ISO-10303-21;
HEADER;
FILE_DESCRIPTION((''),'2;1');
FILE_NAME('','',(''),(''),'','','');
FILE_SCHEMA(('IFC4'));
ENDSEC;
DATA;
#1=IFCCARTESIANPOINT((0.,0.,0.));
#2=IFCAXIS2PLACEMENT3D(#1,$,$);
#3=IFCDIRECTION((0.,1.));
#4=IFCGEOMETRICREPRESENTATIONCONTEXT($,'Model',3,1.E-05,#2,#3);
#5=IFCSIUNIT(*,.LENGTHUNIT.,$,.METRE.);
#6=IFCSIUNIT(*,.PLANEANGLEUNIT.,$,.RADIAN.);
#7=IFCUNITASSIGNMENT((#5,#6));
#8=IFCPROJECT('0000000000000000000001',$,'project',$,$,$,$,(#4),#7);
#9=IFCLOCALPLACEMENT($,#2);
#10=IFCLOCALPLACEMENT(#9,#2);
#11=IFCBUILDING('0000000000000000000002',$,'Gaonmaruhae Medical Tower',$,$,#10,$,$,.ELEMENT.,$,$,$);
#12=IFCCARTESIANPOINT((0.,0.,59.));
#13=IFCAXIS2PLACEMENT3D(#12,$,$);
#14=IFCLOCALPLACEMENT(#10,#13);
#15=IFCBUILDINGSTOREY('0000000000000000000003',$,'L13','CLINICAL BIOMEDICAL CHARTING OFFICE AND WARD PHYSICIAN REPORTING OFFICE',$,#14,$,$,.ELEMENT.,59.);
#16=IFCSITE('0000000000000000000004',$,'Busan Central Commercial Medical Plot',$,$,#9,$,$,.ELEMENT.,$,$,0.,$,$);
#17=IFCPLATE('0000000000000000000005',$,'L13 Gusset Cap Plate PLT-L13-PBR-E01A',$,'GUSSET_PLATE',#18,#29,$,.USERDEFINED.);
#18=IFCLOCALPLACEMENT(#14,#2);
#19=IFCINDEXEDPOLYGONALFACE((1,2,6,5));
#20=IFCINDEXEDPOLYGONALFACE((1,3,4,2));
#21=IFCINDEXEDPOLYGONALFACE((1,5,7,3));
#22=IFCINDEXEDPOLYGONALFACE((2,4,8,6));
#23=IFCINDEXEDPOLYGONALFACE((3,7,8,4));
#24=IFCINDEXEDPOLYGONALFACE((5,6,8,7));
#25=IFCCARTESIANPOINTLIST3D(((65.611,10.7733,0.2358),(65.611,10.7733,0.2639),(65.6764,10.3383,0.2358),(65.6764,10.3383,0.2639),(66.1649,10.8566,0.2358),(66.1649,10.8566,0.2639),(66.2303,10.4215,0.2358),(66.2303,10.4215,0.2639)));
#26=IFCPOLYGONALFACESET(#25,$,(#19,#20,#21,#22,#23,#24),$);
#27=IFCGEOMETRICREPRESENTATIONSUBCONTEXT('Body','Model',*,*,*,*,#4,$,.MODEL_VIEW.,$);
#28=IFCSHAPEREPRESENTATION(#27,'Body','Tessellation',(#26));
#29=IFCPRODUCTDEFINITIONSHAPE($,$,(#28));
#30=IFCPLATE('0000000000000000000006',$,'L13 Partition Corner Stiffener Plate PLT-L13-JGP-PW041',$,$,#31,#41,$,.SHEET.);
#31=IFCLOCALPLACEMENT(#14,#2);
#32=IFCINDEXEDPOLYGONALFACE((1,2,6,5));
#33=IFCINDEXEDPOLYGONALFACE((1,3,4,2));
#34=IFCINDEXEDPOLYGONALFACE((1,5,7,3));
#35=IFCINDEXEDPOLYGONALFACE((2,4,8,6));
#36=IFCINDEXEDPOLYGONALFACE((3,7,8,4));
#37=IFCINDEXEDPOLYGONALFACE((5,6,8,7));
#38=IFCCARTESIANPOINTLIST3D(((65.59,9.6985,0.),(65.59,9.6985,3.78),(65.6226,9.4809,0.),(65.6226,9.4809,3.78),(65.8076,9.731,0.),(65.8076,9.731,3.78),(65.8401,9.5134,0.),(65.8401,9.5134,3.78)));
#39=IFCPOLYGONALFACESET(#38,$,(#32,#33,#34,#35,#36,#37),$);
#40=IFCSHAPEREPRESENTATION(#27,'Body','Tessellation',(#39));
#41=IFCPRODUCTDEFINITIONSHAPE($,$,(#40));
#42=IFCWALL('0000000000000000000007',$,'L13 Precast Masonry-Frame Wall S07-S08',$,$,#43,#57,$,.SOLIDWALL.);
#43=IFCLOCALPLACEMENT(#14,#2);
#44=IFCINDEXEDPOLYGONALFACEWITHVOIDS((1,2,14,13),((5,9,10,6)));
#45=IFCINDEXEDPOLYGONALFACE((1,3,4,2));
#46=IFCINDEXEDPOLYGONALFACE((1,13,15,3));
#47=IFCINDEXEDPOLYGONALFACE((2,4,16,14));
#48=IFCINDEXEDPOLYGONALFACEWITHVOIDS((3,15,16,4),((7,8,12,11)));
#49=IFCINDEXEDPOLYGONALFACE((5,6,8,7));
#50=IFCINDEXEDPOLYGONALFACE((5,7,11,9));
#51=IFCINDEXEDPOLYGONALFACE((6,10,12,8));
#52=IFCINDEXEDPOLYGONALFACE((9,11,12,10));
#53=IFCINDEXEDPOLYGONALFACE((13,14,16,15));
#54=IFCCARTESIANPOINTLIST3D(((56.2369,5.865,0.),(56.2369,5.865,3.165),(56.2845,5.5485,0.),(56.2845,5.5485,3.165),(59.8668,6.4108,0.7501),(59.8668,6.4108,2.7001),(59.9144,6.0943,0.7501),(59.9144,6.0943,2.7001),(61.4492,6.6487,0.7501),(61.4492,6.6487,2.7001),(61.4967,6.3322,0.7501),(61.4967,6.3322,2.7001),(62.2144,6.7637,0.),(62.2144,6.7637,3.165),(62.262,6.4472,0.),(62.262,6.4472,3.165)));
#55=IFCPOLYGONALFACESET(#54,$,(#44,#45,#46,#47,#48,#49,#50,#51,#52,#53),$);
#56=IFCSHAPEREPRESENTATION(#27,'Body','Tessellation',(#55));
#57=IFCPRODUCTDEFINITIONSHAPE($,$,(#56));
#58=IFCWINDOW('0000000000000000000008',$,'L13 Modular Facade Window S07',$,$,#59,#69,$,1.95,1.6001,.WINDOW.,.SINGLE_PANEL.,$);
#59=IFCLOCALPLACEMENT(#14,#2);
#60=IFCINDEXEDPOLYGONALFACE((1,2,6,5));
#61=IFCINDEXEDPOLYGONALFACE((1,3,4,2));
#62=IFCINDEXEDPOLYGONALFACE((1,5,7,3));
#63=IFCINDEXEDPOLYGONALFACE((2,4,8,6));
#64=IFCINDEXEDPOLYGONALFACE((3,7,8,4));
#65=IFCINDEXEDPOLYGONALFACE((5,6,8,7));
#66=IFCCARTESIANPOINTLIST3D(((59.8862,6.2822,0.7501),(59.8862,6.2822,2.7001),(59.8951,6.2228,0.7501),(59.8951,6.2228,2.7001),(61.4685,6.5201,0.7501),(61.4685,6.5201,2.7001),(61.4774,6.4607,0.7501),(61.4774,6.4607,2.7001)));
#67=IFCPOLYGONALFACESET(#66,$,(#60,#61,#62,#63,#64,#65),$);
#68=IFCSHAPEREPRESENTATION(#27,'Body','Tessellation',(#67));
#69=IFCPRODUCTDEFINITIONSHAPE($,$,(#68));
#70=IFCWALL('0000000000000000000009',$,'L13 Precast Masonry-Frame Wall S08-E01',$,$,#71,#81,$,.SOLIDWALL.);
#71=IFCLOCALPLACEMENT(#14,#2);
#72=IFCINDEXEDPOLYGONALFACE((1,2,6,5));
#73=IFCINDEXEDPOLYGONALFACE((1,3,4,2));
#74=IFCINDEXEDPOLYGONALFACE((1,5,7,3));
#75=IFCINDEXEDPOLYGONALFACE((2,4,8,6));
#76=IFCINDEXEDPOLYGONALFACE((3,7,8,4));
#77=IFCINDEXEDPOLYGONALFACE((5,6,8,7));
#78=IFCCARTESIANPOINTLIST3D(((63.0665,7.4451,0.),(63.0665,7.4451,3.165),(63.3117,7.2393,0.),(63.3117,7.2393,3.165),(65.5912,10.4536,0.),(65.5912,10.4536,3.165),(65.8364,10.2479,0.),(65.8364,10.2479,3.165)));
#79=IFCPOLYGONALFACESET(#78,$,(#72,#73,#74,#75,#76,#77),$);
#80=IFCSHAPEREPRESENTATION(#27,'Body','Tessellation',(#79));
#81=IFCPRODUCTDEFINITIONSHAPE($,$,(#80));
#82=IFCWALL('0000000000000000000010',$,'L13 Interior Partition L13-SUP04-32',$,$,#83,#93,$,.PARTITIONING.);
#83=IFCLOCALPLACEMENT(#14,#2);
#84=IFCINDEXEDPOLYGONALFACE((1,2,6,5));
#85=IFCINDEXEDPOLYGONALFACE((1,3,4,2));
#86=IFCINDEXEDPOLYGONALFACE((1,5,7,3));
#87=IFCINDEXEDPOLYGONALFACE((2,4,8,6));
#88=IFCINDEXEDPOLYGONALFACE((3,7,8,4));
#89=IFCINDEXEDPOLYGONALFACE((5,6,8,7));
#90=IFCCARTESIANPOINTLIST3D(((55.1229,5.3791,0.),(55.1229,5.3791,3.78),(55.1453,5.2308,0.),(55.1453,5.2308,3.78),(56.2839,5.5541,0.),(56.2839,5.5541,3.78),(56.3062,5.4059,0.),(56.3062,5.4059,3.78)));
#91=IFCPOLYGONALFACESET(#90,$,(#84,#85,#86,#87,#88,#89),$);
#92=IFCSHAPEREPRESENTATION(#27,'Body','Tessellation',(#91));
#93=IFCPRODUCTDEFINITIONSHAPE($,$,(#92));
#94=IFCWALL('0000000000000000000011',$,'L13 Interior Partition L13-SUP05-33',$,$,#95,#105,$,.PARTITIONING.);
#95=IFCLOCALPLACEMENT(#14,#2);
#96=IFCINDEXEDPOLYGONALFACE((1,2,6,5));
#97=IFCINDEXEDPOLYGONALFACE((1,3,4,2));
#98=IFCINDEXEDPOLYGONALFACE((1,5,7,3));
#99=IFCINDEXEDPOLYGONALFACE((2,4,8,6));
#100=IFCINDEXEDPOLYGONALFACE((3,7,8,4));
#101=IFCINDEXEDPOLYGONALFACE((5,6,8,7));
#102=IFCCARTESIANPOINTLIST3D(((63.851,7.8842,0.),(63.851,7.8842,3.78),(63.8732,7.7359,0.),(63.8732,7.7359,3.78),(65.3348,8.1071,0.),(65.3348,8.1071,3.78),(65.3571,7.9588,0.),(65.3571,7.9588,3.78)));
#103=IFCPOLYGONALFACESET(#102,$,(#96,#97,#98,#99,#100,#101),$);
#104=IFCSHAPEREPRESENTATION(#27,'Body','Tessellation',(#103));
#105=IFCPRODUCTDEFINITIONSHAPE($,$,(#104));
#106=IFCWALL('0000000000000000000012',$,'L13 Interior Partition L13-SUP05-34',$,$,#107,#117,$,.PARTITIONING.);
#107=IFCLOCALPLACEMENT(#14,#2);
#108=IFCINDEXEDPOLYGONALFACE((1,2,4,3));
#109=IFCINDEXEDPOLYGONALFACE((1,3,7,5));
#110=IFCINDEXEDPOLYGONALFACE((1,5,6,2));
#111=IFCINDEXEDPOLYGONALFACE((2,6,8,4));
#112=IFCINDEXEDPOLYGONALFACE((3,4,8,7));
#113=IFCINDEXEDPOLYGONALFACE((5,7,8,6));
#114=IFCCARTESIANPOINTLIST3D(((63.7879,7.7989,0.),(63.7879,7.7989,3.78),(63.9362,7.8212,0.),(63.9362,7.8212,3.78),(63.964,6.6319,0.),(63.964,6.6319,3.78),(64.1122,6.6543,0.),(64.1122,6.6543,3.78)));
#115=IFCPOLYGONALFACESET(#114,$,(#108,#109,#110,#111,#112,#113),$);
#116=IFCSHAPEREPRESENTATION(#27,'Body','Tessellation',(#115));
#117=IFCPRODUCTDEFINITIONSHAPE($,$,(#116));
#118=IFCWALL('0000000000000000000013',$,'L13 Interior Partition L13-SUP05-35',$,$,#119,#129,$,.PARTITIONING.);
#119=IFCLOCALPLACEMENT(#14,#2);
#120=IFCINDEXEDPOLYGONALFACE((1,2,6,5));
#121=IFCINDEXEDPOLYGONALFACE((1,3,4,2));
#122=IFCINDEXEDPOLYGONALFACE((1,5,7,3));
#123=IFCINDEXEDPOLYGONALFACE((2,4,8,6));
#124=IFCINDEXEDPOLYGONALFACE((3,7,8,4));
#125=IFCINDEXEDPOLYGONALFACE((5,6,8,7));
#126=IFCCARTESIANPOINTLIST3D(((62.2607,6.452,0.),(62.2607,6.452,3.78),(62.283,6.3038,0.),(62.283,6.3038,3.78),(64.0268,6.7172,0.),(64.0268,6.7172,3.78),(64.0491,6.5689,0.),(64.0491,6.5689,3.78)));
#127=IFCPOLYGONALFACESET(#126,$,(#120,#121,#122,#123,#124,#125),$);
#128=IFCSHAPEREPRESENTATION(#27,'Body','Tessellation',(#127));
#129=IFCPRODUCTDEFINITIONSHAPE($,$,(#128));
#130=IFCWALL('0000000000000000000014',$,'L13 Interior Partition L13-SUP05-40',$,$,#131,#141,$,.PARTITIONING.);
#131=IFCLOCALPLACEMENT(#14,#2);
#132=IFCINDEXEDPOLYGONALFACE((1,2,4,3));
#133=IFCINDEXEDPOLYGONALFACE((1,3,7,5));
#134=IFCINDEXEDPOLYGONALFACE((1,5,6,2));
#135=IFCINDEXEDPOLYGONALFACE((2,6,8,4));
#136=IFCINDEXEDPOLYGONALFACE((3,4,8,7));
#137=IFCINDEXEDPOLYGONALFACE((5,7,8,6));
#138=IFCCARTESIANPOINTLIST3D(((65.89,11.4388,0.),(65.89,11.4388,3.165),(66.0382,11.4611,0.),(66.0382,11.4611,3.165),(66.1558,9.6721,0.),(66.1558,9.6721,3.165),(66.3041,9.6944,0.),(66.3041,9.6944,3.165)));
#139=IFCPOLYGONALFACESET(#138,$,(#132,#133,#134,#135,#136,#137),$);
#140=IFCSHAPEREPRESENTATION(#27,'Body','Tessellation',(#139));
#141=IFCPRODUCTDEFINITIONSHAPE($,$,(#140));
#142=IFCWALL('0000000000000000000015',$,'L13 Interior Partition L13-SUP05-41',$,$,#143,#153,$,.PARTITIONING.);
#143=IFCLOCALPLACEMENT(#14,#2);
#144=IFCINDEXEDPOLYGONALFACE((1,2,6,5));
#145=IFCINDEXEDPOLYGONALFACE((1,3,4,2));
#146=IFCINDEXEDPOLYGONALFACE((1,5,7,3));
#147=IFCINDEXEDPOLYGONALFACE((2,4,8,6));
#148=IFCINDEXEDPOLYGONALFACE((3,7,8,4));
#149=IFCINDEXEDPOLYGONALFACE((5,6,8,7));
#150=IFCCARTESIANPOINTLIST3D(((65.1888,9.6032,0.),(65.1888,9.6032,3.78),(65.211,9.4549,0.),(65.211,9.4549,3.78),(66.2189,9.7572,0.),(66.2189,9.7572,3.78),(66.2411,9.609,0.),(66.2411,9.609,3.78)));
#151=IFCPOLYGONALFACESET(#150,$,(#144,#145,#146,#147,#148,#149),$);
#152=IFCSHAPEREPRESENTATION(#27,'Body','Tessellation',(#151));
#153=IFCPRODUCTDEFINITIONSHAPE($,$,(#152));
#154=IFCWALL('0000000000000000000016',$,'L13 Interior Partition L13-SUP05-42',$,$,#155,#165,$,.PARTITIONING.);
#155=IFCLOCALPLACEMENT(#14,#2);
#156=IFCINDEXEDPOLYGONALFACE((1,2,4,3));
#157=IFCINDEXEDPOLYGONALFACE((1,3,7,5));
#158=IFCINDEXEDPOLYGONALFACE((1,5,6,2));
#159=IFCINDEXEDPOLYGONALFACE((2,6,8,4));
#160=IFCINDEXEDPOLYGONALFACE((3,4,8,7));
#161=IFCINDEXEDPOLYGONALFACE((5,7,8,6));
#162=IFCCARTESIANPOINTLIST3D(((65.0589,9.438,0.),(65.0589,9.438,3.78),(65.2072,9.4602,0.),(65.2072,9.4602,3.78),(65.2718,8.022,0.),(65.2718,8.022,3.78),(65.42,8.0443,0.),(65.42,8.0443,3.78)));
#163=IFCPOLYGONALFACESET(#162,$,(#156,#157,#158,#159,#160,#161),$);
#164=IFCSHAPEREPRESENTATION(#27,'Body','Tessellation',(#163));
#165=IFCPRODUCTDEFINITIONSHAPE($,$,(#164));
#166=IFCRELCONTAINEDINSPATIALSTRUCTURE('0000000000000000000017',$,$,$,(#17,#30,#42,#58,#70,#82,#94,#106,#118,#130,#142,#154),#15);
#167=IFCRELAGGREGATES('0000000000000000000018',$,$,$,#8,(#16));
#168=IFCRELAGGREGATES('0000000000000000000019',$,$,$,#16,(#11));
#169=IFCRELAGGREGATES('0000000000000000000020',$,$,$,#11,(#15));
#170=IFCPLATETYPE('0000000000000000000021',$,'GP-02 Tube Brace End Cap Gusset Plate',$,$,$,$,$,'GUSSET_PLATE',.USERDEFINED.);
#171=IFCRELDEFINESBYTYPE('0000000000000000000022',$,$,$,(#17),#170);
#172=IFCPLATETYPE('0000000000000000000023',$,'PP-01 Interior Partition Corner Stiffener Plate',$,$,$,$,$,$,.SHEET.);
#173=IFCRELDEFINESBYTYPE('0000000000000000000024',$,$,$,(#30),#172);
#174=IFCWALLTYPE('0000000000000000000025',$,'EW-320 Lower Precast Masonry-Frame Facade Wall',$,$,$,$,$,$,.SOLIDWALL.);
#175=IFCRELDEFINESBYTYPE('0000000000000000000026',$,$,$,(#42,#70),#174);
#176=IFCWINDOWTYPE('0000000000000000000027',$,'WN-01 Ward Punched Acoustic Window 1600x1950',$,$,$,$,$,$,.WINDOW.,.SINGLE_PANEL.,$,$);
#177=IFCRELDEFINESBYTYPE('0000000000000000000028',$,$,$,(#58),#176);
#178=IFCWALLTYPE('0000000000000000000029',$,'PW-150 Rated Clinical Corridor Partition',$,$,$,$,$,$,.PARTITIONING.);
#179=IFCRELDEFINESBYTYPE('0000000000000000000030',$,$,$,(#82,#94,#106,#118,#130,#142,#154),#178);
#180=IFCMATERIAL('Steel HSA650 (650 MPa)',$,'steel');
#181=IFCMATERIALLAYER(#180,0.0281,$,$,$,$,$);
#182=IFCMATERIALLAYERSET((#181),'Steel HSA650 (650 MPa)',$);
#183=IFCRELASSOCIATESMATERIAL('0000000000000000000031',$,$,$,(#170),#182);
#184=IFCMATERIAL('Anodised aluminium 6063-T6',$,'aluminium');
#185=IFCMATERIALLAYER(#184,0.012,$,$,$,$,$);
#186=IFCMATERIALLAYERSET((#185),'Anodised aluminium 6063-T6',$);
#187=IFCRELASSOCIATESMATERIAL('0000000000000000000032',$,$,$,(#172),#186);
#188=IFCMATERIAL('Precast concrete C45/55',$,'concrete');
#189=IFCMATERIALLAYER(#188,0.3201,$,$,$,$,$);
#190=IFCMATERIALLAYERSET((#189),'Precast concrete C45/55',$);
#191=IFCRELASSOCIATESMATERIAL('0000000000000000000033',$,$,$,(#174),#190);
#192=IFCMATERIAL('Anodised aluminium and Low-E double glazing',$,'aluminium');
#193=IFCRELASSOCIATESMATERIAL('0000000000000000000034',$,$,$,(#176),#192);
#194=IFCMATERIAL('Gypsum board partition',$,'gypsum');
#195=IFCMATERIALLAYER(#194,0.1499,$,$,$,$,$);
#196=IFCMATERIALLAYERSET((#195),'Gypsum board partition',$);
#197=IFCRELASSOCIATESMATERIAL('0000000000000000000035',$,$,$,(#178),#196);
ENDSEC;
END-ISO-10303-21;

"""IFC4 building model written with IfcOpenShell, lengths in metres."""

from ifc_helpers import new_model, si_unit, direction, frame, frame_2d, origin, origin_2d, place, context, subcontext, project, spatial, rectangle, extrude, material, layer, layer_set, type_object, element, fill, save


model = new_model("IFC4")

# Units and contexts
model_context = context("Model", 3, precision=1e-05, world=origin(), true_north=direction((0.0, 1.0)))
body_context = subcontext(model_context, "Body", "Model", "MODEL_VIEW")
ifc_project = project(units=[si_unit("LENGTHUNIT", "METRE"), si_unit("PLANEANGLEUNIT", "RADIAN")], contexts=[model_context])

# Site, building, storey
site_placement = place(None, origin())
site = spatial("IfcSite", under=ifc_project, at=site_placement, Name="Busan Central Commercial Medical Plot", CompositionType="ELEMENT", RefElevation=0.0)
building_placement = place(site_placement, origin())
building = spatial("IfcBuilding", under=site, at=building_placement, Name="Gaonmaruhae Medical Tower", CompositionType="ELEMENT")
storey_placement = place(building_placement, frame((0.0, 0.0, 59.0)))
storey = spatial("IfcBuildingStorey", under=building, at=storey_placement, Name="L13", Description="CLINICAL BIOMEDICAL CHARTING OFFICE AND WARD PHYSICIAN REPORTING OFFICE", CompositionType="ELEMENT", Elevation=59.0)

# Plates
ifc_material_1 = material(Name="Steel HSA650 (650 MPa)", Category="steel")
ifc_layer_1 = layer(ifc_material_1, 0.0281)
ifc_layer_set_1 = layer_set([ifc_layer_1], Name="Steel HSA650 (650 MPa)")
plate_type_1 = type_object("IfcPlateType", Name="GP-02 Tube Brace End Cap Gusset Plate", ElementType="GUSSET_PLATE", PredefinedType="USERDEFINED", material=ifc_layer_set_1)
plate_1_placement = place(storey_placement, frame((65.9207, 10.5974, 0.2358), z_axis=(0.0, 0.0, 1.0), x_axis=(0.988886, 0.148672, 0.0)))
element("IfcPlate", 1, at=plate_1_placement, inside=storey, type_object=plate_type_1, Name="L13 Gusset Cap Plate PLT-L13-PBR-E01A", ObjectType="GUSSET_PLATE", PredefinedType="USERDEFINED", context=body_context, shape_type="SweptSolid", body=[
    extrude(rectangle(XDim=0.5601, YDim=0.4399, at=origin_2d()), origin(), (0.0, 0.0, 1.0), 0.0281),
])
ifc_material_2 = material(Name="Anodised aluminium 6063-T6", Category="aluminium")
ifc_layer_2 = layer(ifc_material_2, 0.012)
ifc_layer_set_2 = layer_set([ifc_layer_2], Name="Anodised aluminium 6063-T6")
plate_type_2 = type_object("IfcPlateType", Name="PP-01 Interior Partition Corner Stiffener Plate", PredefinedType="SHEET", material=ifc_layer_set_2)
plate_2_placement = place(storey_placement, frame((65.7151, 9.606, 0.0), z_axis=(0.0, 0.0, 1.0), x_axis=(-0.989006, -0.147878, 0.0)))
element("IfcPlate", 2, at=plate_2_placement, inside=storey, type_object=plate_type_2, Name="L13 Partition Corner Stiffener Plate PLT-L13-JGP-PW041", PredefinedType="SHEET", context=body_context, shape_type="SweptSolid", body=[
    extrude(rectangle(XDim=0.22, YDim=0.22, at=origin_2d()), origin(), (0.0, 0.0, 1.0), 3.78),
])

# Wall, opening, window
ifc_material_3 = material(Name="Precast concrete C45/55", Category="concrete")
ifc_layer_3 = layer(ifc_material_3, 0.3201)
ifc_layer_set_3 = layer_set([ifc_layer_3], Name="Precast concrete C45/55")
wall_type_1 = type_object("IfcWallType", Name="EW-320 Lower Precast Masonry-Frame Facade Wall", PredefinedType="SOLIDWALL", material=ifc_layer_set_3)
wall_1_placement = place(storey_placement, frame((62.2383, 6.6055, 0.0), z_axis=(0.0, 0.0, 1.0), x_axis=(-0.988887, -0.148672, 0.0)))
wall_1 = element("IfcWall", 3, at=wall_1_placement, inside=storey, type_object=wall_type_1, Name="L13 Precast Masonry-Frame Wall S07-S08", PredefinedType="SOLIDWALL", context=body_context, shape_type="SweptSolid", body=[
    extrude(rectangle(XDim=6.0447, YDim=0.3201, at=frame_2d((3.0225, 0.0))), origin(), (0.0, 0.0, 1.0), 3.165),
])
opening_placement = place(wall_1_placement, frame((0.7739, 0.0, 0.75)))
opening = element("IfcOpeningElement", 4, at=opening_placement, cuts=wall_1, PredefinedType="OPENING", context=body_context, shape_type="SweptSolid", body=[
    extrude(rectangle(XDim=1.6001, YDim=1.95, at=frame_2d((0.8, 0.9751))), frame((0.0, 0.1699, 0.0), z_axis=(0.0, -1.0, 0.0), x_axis=(1.0, 0.0, 0.0)), (0.0, 0.0, 1.0), 0.3401),
])
ifc_material_4 = material(Name="Anodised aluminium and Low-E double glazing", Category="aluminium")
window_type = type_object("IfcWindowType", Name="WN-01 Ward Punched Acoustic Window 1600x1950", PartitioningType="SINGLE_PANEL", PredefinedType="WINDOW", material=ifc_material_4)
window_placement = place(opening_placement, origin())
window = element("IfcWindow", 5, at=window_placement, inside=storey, type_object=window_type, Name="L13 Modular Facade Window S07", OverallHeight=1.95, OverallWidth=1.6001, PartitioningType="SINGLE_PANEL", PredefinedType="WINDOW", context=body_context, shape_type="SweptSolid", body=[
    extrude(rectangle(XDim=1.6001, YDim=1.95, at=frame_2d((0.8, 0.9751))), frame((0.0, 0.03, 0.0), z_axis=(0.0, -1.0, 0.0), x_axis=(1.0, 0.0, 0.0)), (0.0, 0.0, 1.0), 0.0601),
])
fill(opening, window)

# Walls
wall_2_placement = place(storey_placement, frame((65.7139, 10.3508, 0.0), z_axis=(0.0, 0.0, 1.0), x_axis=(-0.642816, -0.766021, 0.0)))
element("IfcWall", 6, at=wall_2_placement, inside=storey, type_object=wall_type_1, Name="L13 Precast Masonry-Frame Wall S08-E01", PredefinedType="SOLIDWALL", context=body_context, shape_type="SweptSolid", body=[
    extrude(rectangle(XDim=3.9275, YDim=0.3201, at=frame_2d((1.9639, 0.0))), origin(), (0.0, 0.0, 1.0), 3.165),
])
ifc_material_5 = material(Name="Gypsum board partition", Category="gypsum")
ifc_layer_4 = layer(ifc_material_5, 0.1499)
ifc_layer_set_4 = layer_set([ifc_layer_4], Name="Gypsum board partition")
wall_type_2 = type_object("IfcWallType", Name="PW-150 Rated Clinical Corridor Partition", PredefinedType="PARTITIONING", material=ifc_layer_set_4)
wall_3_placement = place(storey_placement, frame((56.2949, 5.48, 0.0), z_axis=(0.0, 0.0, 1.0), x_axis=(-0.988822, -0.149103, 0.0)))
element("IfcWall", 7, at=wall_3_placement, inside=storey, type_object=wall_type_2, Name="L13 Interior Partition L13-SUP04-32", PredefinedType="PARTITIONING", context=body_context, shape_type="SweptSolid", body=[
    extrude(rectangle(XDim=1.1741, YDim=0.1499, at=frame_2d((0.5869, 0.0))), origin(), (0.0, 0.0, 1.0), 3.78),
])
wall_4_placement = place(storey_placement, frame((65.3459, 8.033, 0.0), z_axis=(0.0, 0.0, 1.0), x_axis=(-0.988905, -0.148547, 0.0)))
element("IfcWall", 8, at=wall_4_placement, inside=storey, type_object=wall_type_2, Name="L13 Interior Partition L13-SUP05-33", PredefinedType="PARTITIONING", context=body_context, shape_type="SweptSolid", body=[
    extrude(rectangle(XDim=1.5005, YDim=0.1499, at=frame_2d((0.7502, 0.0))), origin(), (0.0, 0.0, 1.0), 3.78),
])
wall_5_placement = place(storey_placement, frame((63.8621, 7.8101, 0.0), z_axis=(0.0, 0.0, 1.0), x_axis=(0.14915, -0.988815, 0.0)))
element("IfcWall", 9, at=wall_5_placement, inside=storey, type_object=wall_type_2, Name="L13 Interior Partition L13-SUP05-34", PredefinedType="PARTITIONING", context=body_context, shape_type="SweptSolid", body=[
    extrude(rectangle(XDim=1.1802, YDim=0.1499, at=frame_2d((0.5901, 0.0))), origin(), (0.0, 0.0, 1.0), 3.78),
])
wall_6_placement = place(storey_placement, frame((64.0381, 6.6431, 0.0), z_axis=(0.0, 0.0, 1.0), x_axis=(-0.988918, -0.148461, 0.0)))
element("IfcWall", 10, at=wall_6_placement, inside=storey, type_object=wall_type_2, Name="L13 Interior Partition L13-SUP05-35", PredefinedType="PARTITIONING", context=body_context, shape_type="SweptSolid", body=[
    extrude(rectangle(XDim=1.7859, YDim=0.1499, at=frame_2d((0.8931, 0.0))), origin(), (0.0, 0.0, 1.0), 3.78),
])
wall_7_placement = place(storey_placement, frame((65.9641, 11.45, 0.0), z_axis=(0.0, 0.0, 1.0), x_axis=(0.148801, -0.988867, 0.0)))
element("IfcWall", 11, at=wall_7_placement, inside=storey, type_object=wall_type_2, Name="L13 Interior Partition L13-SUP05-40", PredefinedType="PARTITIONING", context=body_context, shape_type="SweptSolid", body=[
    extrude(rectangle(XDim=1.7866, YDim=0.1499, at=frame_2d((0.8933, 0.0))), origin(), (0.0, 0.0, 1.0), 3.165),
])
wall_8_placement = place(storey_placement, frame((66.23, 9.6831, 0.0), z_axis=(0.0, 0.0, 1.0), x_axis=(-0.989, -0.147916, 0.0)))
element("IfcWall", 12, at=wall_8_placement, inside=storey, type_object=wall_type_2, Name="L13 Interior Partition L13-SUP05-41", PredefinedType="PARTITIONING", context=body_context, shape_type="SweptSolid", body=[
    extrude(rectangle(XDim=1.0415, YDim=0.1499, at=frame_2d((0.5208, 0.0))), origin(), (0.0, 0.0, 1.0), 3.78),
])
wall_9_placement = place(storey_placement, frame((65.1331, 9.449, 0.0), z_axis=(0.0, 0.0, 1.0), x_axis=(0.148674, -0.988886, 0.0)))
element("IfcWall", 13, at=wall_9_placement, inside=storey, type_object=wall_type_2, Name="L13 Interior Partition L13-SUP05-42", PredefinedType="PARTITIONING", context=body_context, shape_type="SweptSolid", body=[
    extrude(rectangle(XDim=1.4319, YDim=0.1499, at=frame_2d((0.7158, 0.0))), origin(), (0.0, 0.0, 1.0), 3.78),
])

save(model, "model.ifc")
